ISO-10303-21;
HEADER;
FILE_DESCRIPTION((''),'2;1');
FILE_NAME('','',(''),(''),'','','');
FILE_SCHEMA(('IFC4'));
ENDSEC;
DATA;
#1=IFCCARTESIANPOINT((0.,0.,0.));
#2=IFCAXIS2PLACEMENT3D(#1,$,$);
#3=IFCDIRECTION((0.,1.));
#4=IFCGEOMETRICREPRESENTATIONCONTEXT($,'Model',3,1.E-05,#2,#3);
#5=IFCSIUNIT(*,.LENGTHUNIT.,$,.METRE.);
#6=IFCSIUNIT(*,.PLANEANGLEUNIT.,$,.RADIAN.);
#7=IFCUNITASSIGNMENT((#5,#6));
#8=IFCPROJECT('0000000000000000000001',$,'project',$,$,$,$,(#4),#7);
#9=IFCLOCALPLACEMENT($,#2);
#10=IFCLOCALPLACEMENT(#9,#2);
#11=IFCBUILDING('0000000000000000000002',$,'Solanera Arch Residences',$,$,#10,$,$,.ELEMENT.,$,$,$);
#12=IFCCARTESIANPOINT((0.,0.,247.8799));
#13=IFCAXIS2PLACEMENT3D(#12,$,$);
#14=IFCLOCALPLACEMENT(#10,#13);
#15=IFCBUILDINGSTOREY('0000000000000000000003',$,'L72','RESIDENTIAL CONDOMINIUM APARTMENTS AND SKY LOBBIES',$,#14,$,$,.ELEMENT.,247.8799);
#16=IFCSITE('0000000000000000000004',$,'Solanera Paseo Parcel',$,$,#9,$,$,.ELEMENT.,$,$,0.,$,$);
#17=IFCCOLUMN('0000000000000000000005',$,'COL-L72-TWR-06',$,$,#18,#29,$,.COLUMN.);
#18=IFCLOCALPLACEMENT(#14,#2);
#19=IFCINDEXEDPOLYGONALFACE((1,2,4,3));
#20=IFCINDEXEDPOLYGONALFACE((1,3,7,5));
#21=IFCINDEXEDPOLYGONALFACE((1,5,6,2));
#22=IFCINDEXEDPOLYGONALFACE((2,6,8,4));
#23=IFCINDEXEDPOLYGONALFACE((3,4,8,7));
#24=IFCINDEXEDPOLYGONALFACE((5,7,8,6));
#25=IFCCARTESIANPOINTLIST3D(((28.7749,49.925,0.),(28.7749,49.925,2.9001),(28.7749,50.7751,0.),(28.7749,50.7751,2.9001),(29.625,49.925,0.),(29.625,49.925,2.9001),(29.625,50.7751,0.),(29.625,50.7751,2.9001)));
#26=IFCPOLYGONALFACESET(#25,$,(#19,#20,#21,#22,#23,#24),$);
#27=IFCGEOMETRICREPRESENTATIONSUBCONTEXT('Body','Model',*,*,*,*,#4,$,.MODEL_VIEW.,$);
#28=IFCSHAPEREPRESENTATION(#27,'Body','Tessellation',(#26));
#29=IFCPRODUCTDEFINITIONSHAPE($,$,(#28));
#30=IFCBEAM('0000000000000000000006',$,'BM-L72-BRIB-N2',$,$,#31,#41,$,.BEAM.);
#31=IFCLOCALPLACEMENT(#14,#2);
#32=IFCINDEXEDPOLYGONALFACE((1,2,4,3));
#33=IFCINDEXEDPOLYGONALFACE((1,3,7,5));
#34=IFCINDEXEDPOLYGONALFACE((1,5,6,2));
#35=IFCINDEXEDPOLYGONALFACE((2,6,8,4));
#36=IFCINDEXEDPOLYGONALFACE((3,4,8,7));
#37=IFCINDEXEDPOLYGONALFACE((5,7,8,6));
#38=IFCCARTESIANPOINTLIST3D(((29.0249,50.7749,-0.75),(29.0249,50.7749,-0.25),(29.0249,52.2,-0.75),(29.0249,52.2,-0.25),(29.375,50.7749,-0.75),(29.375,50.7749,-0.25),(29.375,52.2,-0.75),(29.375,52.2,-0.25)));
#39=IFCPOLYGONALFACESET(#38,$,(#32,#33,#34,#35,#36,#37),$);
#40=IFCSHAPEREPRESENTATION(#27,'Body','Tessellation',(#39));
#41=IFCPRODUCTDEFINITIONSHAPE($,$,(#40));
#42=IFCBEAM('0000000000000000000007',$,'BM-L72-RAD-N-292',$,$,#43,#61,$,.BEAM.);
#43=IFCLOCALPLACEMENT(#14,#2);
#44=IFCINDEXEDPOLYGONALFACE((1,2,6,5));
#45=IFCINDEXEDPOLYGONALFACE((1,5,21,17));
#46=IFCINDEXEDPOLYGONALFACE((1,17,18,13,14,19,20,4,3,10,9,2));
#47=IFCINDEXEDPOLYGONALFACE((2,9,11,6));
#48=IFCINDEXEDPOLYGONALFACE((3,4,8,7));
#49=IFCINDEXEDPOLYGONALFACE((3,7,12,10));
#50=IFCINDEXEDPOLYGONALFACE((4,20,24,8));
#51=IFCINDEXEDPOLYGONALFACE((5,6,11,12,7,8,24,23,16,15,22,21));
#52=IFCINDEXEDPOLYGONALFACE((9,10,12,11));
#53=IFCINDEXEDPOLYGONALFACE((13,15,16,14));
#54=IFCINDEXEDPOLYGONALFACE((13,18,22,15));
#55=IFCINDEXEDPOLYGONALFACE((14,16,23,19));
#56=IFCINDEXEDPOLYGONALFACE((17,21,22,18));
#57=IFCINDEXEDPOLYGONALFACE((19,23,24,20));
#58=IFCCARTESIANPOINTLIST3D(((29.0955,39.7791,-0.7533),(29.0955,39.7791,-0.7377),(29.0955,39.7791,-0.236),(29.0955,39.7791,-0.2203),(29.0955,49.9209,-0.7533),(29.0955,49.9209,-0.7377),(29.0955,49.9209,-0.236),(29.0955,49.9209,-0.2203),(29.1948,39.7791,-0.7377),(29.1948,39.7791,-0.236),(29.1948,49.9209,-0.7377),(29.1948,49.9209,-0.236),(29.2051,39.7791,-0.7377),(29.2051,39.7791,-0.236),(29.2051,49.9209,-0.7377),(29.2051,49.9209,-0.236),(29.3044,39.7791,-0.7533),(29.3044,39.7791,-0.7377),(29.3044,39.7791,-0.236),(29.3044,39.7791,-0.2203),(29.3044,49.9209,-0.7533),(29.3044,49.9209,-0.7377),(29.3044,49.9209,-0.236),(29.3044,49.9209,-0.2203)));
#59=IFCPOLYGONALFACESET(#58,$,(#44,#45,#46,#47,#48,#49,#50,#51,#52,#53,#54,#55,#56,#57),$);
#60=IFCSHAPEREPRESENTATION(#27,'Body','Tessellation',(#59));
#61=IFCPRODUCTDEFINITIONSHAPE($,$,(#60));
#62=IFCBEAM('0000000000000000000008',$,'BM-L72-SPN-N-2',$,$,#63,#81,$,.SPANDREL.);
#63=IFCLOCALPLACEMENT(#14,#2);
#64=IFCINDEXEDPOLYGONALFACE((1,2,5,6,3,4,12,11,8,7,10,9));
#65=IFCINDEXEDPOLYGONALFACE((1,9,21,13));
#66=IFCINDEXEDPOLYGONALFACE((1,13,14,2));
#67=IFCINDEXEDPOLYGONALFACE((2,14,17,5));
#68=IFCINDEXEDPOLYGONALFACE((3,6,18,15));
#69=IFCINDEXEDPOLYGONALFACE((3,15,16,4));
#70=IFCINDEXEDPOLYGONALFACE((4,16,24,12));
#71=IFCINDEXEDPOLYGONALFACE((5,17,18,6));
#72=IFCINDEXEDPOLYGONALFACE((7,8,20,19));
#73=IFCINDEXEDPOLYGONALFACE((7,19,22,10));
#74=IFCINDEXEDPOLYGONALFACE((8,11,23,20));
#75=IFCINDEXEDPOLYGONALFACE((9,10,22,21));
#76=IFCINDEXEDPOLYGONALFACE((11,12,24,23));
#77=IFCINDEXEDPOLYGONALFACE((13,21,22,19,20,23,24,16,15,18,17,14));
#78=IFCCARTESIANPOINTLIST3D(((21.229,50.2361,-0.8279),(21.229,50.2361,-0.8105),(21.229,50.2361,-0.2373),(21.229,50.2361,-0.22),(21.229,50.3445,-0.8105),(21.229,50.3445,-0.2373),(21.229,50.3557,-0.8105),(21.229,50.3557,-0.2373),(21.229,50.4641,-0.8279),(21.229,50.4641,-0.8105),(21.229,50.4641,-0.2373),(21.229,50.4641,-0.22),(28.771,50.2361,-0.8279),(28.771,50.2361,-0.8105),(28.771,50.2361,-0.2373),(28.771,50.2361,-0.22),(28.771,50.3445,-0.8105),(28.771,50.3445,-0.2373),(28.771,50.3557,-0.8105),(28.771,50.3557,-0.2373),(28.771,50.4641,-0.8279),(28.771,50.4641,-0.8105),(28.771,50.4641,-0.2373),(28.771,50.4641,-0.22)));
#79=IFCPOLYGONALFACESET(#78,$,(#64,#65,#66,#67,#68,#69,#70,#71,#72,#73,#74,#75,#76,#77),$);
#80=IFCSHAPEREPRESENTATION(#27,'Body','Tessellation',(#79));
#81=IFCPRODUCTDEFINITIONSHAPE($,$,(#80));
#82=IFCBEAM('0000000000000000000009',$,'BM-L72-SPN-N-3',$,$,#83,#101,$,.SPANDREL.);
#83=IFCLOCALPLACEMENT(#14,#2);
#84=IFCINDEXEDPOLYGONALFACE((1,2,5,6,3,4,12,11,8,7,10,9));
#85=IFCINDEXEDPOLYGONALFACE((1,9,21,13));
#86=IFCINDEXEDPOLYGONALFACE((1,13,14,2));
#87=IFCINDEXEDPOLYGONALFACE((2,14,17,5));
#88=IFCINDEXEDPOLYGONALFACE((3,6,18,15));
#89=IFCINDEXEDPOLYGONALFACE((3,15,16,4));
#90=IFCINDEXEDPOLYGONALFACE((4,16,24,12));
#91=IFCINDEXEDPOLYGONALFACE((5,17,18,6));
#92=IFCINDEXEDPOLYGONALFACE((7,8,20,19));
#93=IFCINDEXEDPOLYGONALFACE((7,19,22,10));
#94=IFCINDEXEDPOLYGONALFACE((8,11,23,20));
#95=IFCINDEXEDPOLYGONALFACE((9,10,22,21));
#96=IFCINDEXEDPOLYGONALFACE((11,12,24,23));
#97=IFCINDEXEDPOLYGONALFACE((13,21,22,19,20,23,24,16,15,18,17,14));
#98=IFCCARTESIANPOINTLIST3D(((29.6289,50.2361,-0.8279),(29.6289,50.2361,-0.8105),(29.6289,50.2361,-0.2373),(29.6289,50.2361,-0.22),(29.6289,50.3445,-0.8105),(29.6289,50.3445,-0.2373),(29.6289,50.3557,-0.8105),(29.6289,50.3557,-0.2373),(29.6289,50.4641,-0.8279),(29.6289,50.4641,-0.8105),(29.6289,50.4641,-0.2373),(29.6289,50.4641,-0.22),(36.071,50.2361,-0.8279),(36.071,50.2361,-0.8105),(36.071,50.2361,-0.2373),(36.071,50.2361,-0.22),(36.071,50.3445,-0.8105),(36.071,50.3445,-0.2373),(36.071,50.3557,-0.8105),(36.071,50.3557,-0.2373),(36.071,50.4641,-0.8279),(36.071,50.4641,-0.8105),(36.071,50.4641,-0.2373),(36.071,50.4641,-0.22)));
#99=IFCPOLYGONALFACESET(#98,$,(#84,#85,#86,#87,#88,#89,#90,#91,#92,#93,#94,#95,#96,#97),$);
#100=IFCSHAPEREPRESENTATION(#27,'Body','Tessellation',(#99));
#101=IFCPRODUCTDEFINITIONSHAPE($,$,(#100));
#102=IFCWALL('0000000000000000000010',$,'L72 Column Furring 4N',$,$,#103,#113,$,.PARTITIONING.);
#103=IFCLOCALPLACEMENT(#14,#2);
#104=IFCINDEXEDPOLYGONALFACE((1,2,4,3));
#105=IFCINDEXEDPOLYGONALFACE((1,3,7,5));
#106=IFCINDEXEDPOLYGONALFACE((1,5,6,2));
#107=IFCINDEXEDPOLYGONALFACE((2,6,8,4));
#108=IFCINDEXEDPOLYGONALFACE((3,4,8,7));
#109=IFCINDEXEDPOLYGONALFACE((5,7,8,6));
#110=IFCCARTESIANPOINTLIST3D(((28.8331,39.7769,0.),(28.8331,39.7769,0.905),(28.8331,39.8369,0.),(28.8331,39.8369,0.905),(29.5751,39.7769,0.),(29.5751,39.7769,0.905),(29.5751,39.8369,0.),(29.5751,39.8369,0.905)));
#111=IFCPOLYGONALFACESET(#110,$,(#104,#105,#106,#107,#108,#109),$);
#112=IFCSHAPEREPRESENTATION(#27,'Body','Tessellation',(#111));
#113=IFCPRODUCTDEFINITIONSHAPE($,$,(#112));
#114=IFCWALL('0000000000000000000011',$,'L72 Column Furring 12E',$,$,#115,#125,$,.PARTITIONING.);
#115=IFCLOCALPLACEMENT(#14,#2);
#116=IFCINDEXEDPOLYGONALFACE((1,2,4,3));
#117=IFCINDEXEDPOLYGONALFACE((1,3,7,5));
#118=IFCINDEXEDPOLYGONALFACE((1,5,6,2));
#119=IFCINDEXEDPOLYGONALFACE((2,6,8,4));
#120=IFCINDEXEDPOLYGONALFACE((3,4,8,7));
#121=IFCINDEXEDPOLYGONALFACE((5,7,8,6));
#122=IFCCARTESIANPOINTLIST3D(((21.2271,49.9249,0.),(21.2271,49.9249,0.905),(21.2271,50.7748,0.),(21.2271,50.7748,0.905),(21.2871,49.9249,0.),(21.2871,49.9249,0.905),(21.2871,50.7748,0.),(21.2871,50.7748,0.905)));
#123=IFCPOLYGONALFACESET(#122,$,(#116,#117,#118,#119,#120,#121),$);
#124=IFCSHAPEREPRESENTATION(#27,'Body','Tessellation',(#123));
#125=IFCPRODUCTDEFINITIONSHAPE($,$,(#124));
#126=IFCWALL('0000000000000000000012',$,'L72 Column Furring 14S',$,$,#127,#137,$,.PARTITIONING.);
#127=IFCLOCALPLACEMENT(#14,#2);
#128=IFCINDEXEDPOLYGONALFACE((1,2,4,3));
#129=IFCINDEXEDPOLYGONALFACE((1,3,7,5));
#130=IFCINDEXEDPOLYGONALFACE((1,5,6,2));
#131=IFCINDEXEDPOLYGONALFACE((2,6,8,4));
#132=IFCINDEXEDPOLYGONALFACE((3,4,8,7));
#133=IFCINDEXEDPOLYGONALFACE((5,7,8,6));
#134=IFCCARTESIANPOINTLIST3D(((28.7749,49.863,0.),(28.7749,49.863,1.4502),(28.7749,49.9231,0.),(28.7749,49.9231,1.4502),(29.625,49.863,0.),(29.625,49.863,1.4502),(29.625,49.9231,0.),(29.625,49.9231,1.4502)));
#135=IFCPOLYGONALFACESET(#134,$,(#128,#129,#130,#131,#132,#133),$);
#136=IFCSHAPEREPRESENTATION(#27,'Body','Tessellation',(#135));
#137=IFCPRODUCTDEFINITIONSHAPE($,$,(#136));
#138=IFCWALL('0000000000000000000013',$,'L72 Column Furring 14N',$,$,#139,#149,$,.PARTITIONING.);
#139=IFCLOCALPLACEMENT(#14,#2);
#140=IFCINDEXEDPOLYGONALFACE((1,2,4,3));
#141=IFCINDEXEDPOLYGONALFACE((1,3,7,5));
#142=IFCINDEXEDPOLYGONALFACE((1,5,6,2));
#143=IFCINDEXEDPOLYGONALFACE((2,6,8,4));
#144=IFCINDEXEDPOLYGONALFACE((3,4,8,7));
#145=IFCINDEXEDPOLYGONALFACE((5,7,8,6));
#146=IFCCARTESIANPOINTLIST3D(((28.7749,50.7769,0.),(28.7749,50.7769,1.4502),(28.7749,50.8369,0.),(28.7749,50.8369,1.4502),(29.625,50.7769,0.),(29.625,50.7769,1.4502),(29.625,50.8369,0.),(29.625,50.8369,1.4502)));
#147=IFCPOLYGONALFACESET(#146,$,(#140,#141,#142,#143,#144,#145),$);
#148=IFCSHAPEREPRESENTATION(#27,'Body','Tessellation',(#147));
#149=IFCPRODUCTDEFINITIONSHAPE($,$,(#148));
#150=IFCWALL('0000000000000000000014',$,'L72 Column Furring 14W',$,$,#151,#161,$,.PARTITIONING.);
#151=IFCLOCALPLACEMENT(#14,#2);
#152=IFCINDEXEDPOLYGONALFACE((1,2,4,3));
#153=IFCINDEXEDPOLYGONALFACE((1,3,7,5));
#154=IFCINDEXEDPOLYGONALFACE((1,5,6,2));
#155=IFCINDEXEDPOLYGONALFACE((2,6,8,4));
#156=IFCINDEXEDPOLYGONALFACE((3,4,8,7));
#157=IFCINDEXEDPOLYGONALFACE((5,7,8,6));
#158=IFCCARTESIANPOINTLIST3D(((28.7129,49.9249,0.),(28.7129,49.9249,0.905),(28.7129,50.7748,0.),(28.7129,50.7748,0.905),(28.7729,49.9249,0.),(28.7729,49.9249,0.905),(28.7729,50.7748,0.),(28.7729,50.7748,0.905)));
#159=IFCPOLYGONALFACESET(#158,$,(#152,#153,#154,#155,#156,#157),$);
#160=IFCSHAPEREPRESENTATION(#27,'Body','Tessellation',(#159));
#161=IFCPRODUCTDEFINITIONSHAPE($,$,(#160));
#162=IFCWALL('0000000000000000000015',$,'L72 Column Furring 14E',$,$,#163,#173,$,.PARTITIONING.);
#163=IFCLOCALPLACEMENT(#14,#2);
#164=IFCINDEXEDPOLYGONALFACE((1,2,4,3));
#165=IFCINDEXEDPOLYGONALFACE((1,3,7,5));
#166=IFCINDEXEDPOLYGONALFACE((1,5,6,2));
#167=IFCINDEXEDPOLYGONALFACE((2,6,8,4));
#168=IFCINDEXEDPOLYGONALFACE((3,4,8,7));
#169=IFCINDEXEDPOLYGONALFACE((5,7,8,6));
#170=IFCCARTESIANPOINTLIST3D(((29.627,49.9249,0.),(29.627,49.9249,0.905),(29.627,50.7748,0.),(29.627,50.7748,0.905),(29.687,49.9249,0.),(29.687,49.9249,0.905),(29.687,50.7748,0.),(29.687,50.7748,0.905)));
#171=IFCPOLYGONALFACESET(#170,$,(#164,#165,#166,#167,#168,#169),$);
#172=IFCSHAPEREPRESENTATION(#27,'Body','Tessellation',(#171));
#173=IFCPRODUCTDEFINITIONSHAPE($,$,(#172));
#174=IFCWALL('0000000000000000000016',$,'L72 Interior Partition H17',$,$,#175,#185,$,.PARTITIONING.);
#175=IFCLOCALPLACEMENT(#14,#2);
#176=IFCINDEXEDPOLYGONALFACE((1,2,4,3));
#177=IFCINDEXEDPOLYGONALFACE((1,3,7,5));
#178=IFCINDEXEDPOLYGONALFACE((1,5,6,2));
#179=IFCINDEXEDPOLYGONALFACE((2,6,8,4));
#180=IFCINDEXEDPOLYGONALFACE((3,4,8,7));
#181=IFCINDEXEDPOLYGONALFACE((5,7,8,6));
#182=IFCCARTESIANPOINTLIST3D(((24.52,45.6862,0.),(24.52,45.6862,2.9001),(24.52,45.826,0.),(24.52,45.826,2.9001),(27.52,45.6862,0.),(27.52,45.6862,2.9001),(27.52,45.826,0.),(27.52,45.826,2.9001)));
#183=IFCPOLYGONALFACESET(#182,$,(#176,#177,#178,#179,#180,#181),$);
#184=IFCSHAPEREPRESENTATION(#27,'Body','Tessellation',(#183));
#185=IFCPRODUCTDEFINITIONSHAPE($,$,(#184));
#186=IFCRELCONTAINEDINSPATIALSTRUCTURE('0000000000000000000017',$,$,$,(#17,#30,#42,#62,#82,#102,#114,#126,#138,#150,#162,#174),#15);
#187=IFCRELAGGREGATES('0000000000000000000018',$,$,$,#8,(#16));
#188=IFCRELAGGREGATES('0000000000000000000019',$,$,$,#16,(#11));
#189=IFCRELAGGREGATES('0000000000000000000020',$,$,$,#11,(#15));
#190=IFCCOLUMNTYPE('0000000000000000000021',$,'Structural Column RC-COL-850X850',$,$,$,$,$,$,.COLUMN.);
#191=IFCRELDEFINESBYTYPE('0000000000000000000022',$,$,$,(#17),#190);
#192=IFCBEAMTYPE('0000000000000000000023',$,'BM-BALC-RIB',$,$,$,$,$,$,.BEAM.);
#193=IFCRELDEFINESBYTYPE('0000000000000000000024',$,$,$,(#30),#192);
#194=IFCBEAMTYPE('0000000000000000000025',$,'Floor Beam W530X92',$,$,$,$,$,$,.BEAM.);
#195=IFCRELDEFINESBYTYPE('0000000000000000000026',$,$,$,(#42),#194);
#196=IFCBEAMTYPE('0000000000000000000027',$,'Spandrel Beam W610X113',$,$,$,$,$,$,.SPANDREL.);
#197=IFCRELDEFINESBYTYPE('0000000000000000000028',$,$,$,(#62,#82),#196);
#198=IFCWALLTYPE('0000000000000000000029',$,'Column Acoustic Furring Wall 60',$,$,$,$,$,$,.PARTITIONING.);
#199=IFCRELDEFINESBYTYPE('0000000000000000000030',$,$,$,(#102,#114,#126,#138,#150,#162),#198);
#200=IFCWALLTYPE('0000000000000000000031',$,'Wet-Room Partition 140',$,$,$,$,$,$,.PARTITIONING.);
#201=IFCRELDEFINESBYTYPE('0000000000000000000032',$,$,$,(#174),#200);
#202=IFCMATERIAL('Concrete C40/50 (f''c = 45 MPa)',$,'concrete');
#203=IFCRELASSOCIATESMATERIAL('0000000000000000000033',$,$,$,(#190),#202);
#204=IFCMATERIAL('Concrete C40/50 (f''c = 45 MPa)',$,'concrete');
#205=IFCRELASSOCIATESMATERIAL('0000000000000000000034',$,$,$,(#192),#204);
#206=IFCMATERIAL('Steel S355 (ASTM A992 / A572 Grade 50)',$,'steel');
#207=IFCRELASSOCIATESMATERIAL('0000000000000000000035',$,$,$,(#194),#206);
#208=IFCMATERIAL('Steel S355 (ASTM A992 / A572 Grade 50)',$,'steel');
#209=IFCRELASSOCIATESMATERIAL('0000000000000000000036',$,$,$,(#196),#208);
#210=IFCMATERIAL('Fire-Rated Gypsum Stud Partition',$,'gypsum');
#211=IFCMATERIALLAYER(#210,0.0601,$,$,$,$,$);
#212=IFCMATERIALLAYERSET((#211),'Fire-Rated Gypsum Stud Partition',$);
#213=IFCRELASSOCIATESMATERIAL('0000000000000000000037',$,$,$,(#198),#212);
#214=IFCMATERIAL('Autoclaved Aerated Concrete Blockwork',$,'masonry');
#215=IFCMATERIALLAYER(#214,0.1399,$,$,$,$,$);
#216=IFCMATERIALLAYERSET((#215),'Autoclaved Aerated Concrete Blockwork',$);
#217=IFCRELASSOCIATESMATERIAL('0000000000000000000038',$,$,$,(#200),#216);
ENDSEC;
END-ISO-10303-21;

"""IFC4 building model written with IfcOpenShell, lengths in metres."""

from ifc_helpers import new_model, si_unit, direction, frame, frame_2d, origin, origin_2d, place, context, subcontext, project, spatial, rectangle, i_section, extrude, material, layer, layer_set, material_profile, profile_set, type_object, element, save


model = new_model("IFC4")

# Units and contexts
model_context = context("Model", 3, precision=1e-05, world=origin(), true_north=direction((0.0, 1.0)))
body_context = subcontext(model_context, "Body", "Model", "MODEL_VIEW")
ifc_project = project(units=[si_unit("LENGTHUNIT", "METRE"), si_unit("PLANEANGLEUNIT", "RADIAN")], contexts=[model_context])

# Site, building, storey
site_placement = place(None, origin())
site = spatial("IfcSite", under=ifc_project, at=site_placement, Name="Solanera Paseo Parcel", CompositionType="ELEMENT", RefElevation=0.0)
building_placement = place(site_placement, origin())
building = spatial("IfcBuilding", under=site, at=building_placement, Name="Solanera Arch Residences", CompositionType="ELEMENT")
storey_placement = place(building_placement, frame((0.0, 0.0, 247.8799)))
storey = spatial("IfcBuildingStorey", under=building, at=storey_placement, Name="L72", Description="RESIDENTIAL CONDOMINIUM APARTMENTS AND SKY LOBBIES", CompositionType="ELEMENT", Elevation=247.8799)

# Column
ifc_material_1 = material(Name="Concrete C40/50 (f'c = 45 MPa)", Category="concrete")
ifc_material_profile_1 = material_profile(ifc_material_1, rectangle(XDim=0.8501, YDim=0.8501, at=origin_2d()))
ifc_profile_set_1 = profile_set([ifc_material_profile_1], Name="Concrete C40/50 (f'c = 45 MPa)")
column_type = type_object("IfcColumnType", Name="Structural Column RC-COL-850X850", PredefinedType="COLUMN", material=ifc_profile_set_1)
column_placement = place(storey_placement, frame((29.2, 50.3501, 0.0), z_axis=(0.0, 0.0, 1.0), x_axis=(1.0, 0.0, 0.0)))
element("IfcColumn", 1, at=column_placement, inside=storey, type_object=column_type, Name="COL-L72-TWR-06", PredefinedType="COLUMN", context=body_context, shape_type="SweptSolid", body=[
    extrude(rectangle(XDim=0.8501, YDim=0.8501, at=origin_2d()), origin(), (0.0, 0.0, 1.0), 2.9001),
])

# Beams
ifc_material_2 = material(Name="Concrete C40/50 (f'c = 45 MPa)", Category="concrete")
ifc_material_profile_2 = material_profile(ifc_material_2, rectangle(XDim=0.3501, YDim=0.5, at=origin_2d()))
ifc_profile_set_2 = profile_set([ifc_material_profile_2], Name="Concrete C40/50 (f'c = 45 MPa)")
beam_type_1 = type_object("IfcBeamType", Name="BM-BALC-RIB", PredefinedType="BEAM", material=ifc_profile_set_2)
beam_1_placement = place(storey_placement, frame((29.2, 50.7749, -0.5), z_axis=(0.0, 1.0, 0.0), x_axis=(-1.0, 0.0, 0.0)))
element("IfcBeam", 2, at=beam_1_placement, inside=storey, type_object=beam_type_1, Name="BM-L72-BRIB-N2", PredefinedType="BEAM", context=body_context, shape_type="SweptSolid", body=[
    extrude(rectangle(XDim=0.3501, YDim=0.5, at=origin_2d()), origin(), (0.0, 0.0, 1.0), 1.425),
])
ifc_material_3 = material(Name="Steel S355 (ASTM A992 / A572 Grade 50)", Category="steel")
ifc_material_profile_3 = material_profile(ifc_material_3, i_section(OverallWidth=0.209, OverallDepth=0.533, WebThickness=0.0103, FlangeThickness=0.0156, at=origin_2d()))
ifc_profile_set_3 = profile_set([ifc_material_profile_3], Name="Steel S355 (ASTM A992 / A572 Grade 50)")
beam_type_2 = type_object("IfcBeamType", Name="Floor Beam W530X92", PredefinedType="BEAM", material=ifc_profile_set_3)
beam_2_placement = place(storey_placement, frame((29.2, 39.7791, -0.4868), z_axis=(0.0, 1.0, 0.0), x_axis=(-1.0, 0.0, 0.0)))
element("IfcBeam", 3, at=beam_2_placement, inside=storey, type_object=beam_type_2, Name="BM-L72-RAD-N-292", PredefinedType="BEAM", context=body_context, shape_type="SweptSolid", body=[
    extrude(i_section(OverallWidth=0.209, OverallDepth=0.533, WebThickness=0.0103, FlangeThickness=0.0156, at=origin_2d()), origin(), (0.0, 0.0, 1.0), 10.1418),
])
ifc_material_4 = material(Name="Steel S355 (ASTM A992 / A572 Grade 50)", Category="steel")
ifc_material_profile_4 = material_profile(ifc_material_4, i_section(OverallWidth=0.228, OverallDepth=0.6079, WebThickness=0.0112, FlangeThickness=0.0173, at=origin_2d()))
ifc_profile_set_4 = profile_set([ifc_material_profile_4], Name="Steel S355 (ASTM A992 / A572 Grade 50)")
beam_type_3 = type_object("IfcBeamType", Name="Spandrel Beam W610X113", PredefinedType="SPANDREL", material=ifc_profile_set_4)
beam_3_placement = place(storey_placement, frame((21.229, 50.3501, -0.5239), z_axis=(1.0, 0.0, 0.0), x_axis=(0.0, 1.0, 0.0)))
element("IfcBeam", 4, at=beam_3_placement, inside=storey, type_object=beam_type_3, Name="BM-L72-SPN-N-2", PredefinedType="SPANDREL", context=body_context, shape_type="SweptSolid", body=[
    extrude(i_section(OverallWidth=0.228, OverallDepth=0.6079, WebThickness=0.0112, FlangeThickness=0.0173, at=origin_2d()), origin(), (0.0, 0.0, 1.0), 7.542),
])
beam_4_placement = place(storey_placement, frame((29.6289, 50.3501, -0.5239), z_axis=(1.0, 0.0, 0.0), x_axis=(0.0, 1.0, 0.0)))
element("IfcBeam", 5, at=beam_4_placement, inside=storey, type_object=beam_type_3, Name="BM-L72-SPN-N-3", PredefinedType="SPANDREL", context=body_context, shape_type="SweptSolid", body=[
    extrude(i_section(OverallWidth=0.228, OverallDepth=0.6079, WebThickness=0.0112, FlangeThickness=0.0173, at=origin_2d()), origin(), (0.0, 0.0, 1.0), 6.4421),
])

# Walls
ifc_material_5 = material(Name="Fire-Rated Gypsum Stud Partition", Category="gypsum")
ifc_layer_1 = layer(ifc_material_5, 0.0601)
ifc_layer_set_1 = layer_set([ifc_layer_1], Name="Fire-Rated Gypsum Stud Partition")
wall_type_1 = type_object("IfcWallType", Name="Column Acoustic Furring Wall 60", PredefinedType="PARTITIONING", material=ifc_layer_set_1)
wall_1_placement = place(storey_placement, frame((28.833, 39.8069, 0.0), z_axis=(0.0, 0.0, 1.0), x_axis=(1.0, 0.0, 0.0)))
element("IfcWall", 6, at=wall_1_placement, inside=storey, type_object=wall_type_1, Name="L72 Column Furring 4N", PredefinedType="PARTITIONING", context=body_context, shape_type="SweptSolid", body=[
    extrude(rectangle(XDim=0.7419, YDim=0.0601, at=frame_2d((0.3711, 0.0))), origin(), (0.0, 0.0, 1.0), 0.905),
])
wall_2_placement = place(storey_placement, frame((21.2571, 49.925, 0.0), z_axis=(0.0, 0.0, 1.0), x_axis=(0.0, 1.0, 0.0)))
element("IfcWall", 7, at=wall_2_placement, inside=storey, type_object=wall_type_1, Name="L72 Column Furring 12E", PredefinedType="PARTITIONING", context=body_context, shape_type="SweptSolid", body=[
    extrude(rectangle(XDim=0.8499, YDim=0.0601, at=frame_2d((0.4248, 0.0))), origin(), (0.0, 0.0, 1.0), 0.905),
])
for number, where, z_axis, x_axis, name in (
    (8, (28.7749, 49.8931, 0.0), (0.0, 0.0, 1.0), (1.0, 0.0, 0.0), "L72 Column Furring 14S"),
    (9, (28.7749, 50.8069, 0.0), (0.0, 0.0, 1.0), (1.0, 0.0, 0.0), "L72 Column Furring 14N"),
):
    element("IfcWall", number, at=place(storey_placement, frame(where, z_axis=z_axis, x_axis=x_axis)), inside=storey, type_object=wall_type_1, Name=name, PredefinedType="PARTITIONING", context=body_context, shape_type="SweptSolid", body=[
        extrude(rectangle(XDim=0.8501, YDim=0.0601, at=frame_2d((0.425, 0.0))), origin(), (0.0, 0.0, 1.0), 1.4502),
    ])
for number, where, z_axis, x_axis, name in (
    (10, (28.7429, 49.925, 0.0), (0.0, 0.0, 1.0), (0.0, 1.0, 0.0), "L72 Column Furring 14W"),
    (11, (29.657, 49.925, 0.0), (0.0, 0.0, 1.0), (0.0, 1.0, 0.0), "L72 Column Furring 14E"),
):
    element("IfcWall", number, at=place(storey_placement, frame(where, z_axis=z_axis, x_axis=x_axis)), inside=storey, type_object=wall_type_1, Name=name, PredefinedType="PARTITIONING", context=body_context, shape_type="SweptSolid", body=[
        extrude(rectangle(XDim=0.8499, YDim=0.0601, at=frame_2d((0.4248, 0.0))), origin(), (0.0, 0.0, 1.0), 0.905),
    ])
ifc_material_6 = material(Name="Autoclaved Aerated Concrete Blockwork", Category="masonry")
ifc_layer_2 = layer(ifc_material_6, 0.1399)
ifc_layer_set_2 = layer_set([ifc_layer_2], Name="Autoclaved Aerated Concrete Blockwork")
wall_type_2 = type_object("IfcWallType", Name="Wet-Room Partition 140", PredefinedType="PARTITIONING", material=ifc_layer_set_2)
wall_3_placement = place(storey_placement, frame((24.52, 45.7561, 0.0), z_axis=(0.0, 0.0, 1.0), x_axis=(1.0, 0.0, 0.0)))
element("IfcWall", 12, at=wall_3_placement, inside=storey, type_object=wall_type_2, Name="L72 Interior Partition H17", PredefinedType="PARTITIONING", context=body_context, shape_type="SweptSolid", body=[
    extrude(rectangle(XDim=3.0, YDim=0.1399, at=frame_2d((1.5, 0.0))), origin(), (0.0, 0.0, 1.0), 2.9001),
])

save(model, "model.ifc")
